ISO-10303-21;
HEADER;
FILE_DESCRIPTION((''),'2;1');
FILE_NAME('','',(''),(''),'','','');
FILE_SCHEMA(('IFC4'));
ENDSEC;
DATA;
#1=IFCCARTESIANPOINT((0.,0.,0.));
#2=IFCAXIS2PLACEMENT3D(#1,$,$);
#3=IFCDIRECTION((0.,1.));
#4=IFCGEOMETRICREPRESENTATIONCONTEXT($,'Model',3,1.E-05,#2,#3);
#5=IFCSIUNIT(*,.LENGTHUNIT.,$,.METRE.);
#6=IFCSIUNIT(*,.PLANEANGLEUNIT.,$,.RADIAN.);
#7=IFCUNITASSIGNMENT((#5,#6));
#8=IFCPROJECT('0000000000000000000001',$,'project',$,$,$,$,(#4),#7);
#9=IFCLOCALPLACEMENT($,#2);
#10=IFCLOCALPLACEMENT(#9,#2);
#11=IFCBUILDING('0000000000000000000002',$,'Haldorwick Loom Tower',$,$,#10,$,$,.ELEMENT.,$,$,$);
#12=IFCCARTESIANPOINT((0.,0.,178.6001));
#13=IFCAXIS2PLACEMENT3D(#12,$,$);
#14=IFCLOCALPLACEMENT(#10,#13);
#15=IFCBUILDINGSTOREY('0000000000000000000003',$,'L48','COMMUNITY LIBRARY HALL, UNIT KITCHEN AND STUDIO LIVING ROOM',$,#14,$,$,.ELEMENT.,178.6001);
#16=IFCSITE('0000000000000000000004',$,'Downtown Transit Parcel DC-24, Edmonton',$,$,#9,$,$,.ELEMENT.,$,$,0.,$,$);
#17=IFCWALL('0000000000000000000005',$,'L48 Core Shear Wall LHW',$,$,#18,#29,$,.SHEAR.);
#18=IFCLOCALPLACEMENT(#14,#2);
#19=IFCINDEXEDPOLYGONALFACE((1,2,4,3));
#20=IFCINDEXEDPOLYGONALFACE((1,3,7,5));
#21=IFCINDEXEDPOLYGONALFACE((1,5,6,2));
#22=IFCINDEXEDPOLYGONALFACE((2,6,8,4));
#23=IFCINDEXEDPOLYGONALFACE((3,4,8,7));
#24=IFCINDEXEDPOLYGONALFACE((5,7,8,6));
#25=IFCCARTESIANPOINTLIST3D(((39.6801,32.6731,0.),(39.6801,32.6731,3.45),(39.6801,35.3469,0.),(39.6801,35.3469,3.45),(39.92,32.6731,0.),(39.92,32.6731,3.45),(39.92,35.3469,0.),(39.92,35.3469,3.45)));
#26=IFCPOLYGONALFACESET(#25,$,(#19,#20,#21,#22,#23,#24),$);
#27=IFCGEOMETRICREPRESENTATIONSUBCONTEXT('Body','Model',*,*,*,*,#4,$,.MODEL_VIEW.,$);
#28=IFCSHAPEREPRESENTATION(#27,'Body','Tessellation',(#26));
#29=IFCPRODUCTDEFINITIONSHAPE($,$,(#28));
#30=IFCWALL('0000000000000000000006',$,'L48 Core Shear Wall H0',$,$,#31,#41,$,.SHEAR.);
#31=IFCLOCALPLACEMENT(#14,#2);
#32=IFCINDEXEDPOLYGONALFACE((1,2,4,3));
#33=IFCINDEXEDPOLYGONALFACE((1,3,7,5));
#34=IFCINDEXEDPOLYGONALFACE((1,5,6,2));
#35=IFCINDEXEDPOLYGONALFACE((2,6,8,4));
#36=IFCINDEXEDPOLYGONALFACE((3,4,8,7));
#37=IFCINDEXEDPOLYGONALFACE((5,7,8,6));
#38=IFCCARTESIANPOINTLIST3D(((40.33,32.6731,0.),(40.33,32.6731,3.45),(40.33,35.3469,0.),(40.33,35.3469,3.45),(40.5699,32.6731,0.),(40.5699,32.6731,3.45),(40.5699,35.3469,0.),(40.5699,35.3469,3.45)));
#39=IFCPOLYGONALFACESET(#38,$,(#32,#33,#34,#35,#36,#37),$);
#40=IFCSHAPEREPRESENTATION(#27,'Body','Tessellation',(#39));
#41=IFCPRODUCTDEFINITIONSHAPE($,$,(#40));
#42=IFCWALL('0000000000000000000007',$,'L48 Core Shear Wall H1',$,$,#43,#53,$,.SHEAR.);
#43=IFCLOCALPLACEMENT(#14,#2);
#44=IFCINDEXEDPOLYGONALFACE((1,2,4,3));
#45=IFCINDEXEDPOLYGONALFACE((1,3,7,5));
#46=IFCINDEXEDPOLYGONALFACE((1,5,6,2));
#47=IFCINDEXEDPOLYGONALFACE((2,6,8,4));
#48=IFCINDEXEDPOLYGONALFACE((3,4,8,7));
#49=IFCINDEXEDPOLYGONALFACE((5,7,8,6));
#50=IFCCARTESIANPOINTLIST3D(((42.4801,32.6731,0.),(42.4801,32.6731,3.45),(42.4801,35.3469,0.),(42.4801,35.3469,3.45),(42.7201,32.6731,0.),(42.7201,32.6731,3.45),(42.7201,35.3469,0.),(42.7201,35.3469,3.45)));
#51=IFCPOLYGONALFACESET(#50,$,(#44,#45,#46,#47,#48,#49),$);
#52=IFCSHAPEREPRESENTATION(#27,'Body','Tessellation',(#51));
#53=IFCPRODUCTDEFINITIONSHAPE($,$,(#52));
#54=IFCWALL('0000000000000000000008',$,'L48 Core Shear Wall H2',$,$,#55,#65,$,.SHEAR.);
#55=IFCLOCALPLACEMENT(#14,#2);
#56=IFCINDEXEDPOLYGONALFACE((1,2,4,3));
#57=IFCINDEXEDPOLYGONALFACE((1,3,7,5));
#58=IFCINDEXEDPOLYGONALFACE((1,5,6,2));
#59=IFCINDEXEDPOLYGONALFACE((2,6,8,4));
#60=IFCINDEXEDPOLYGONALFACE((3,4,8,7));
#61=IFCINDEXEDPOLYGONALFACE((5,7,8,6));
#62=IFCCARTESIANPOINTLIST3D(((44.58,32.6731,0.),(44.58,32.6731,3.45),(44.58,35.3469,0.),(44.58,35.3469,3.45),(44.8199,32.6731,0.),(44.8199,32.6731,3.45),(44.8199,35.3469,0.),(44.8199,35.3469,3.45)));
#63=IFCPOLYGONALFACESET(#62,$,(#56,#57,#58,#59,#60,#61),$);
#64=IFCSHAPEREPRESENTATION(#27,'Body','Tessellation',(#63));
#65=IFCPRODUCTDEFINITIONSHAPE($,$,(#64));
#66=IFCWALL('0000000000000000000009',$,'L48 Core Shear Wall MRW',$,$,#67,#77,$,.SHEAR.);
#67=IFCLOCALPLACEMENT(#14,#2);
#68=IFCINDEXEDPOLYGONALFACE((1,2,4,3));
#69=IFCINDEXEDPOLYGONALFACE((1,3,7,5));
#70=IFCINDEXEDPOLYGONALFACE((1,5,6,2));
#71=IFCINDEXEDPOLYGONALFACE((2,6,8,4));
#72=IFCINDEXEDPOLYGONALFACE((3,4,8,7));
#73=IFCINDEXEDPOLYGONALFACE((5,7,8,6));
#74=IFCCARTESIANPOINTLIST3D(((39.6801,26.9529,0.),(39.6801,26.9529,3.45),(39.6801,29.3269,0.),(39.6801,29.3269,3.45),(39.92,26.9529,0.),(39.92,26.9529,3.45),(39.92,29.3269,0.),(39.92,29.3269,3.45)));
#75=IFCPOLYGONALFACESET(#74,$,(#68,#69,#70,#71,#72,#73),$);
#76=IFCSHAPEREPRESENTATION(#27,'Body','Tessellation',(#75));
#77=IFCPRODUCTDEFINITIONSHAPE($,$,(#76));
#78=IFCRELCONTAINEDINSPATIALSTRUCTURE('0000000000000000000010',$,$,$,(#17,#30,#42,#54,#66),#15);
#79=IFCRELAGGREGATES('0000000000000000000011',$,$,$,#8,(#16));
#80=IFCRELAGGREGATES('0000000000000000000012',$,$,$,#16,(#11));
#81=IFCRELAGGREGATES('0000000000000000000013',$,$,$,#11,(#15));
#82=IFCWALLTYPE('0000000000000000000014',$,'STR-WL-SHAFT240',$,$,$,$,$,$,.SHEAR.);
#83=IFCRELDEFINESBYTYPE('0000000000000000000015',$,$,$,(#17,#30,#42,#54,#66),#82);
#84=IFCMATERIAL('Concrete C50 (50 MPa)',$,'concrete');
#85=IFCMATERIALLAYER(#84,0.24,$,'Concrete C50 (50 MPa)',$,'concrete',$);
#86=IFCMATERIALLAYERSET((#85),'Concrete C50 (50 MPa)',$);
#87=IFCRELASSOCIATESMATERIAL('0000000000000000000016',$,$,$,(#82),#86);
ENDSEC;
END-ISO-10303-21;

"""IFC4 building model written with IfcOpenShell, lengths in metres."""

from ifc_helpers import new_model, si_unit, direction, frame, frame_2d, origin, place, context, subcontext, project, spatial, rectangle, extrude, material, layer, layer_set, type_object, element, save


model = new_model("IFC4")

# Units and contexts
model_context = context("Model", 3, precision=1e-05, world=origin(), true_north=direction((0.0, 1.0)))
body_context = subcontext(model_context, "Body", "Model", "MODEL_VIEW")
ifc_project = project(units=[si_unit("LENGTHUNIT", "METRE"), si_unit("PLANEANGLEUNIT", "RADIAN")], contexts=[model_context])

# Site, building, storey
site_placement = place(None, origin())
site = spatial("IfcSite", under=ifc_project, at=site_placement, Name="Downtown Transit Parcel DC-24, Edmonton", CompositionType="ELEMENT", RefElevation=0.0)
building_placement = place(site_placement, origin())
building = spatial("IfcBuilding", under=site, at=building_placement, Name="Haldorwick Loom Tower", CompositionType="ELEMENT")
storey_placement = place(building_placement, frame((0.0, 0.0, 178.6001)))
storey = spatial("IfcBuildingStorey", under=building, at=storey_placement, Name="L48", Description="COMMUNITY LIBRARY HALL, UNIT KITCHEN AND STUDIO LIVING ROOM", CompositionType="ELEMENT", Elevation=178.6001)

# Shared definitions
ifc_material_1 = material(Name="Concrete C50 (50 MPa)", Category="concrete")
ifc_layer_1 = layer(ifc_material_1, 0.24, Name="Concrete C50 (50 MPa)", Category="concrete")
ifc_layer_set_1 = layer_set([ifc_layer_1], Name="Concrete C50 (50 MPa)")
wall_type_1 = type_object("IfcWallType", Name="STR-WL-SHAFT240", PredefinedType="SHEAR", material=ifc_layer_set_1)

# Walls
for number, where, z_axis, x_axis, name in (
    (1, (39.8, 32.6731, 0.0), (0.0, 0.0, 1.0), (0.0, 1.0, 0.0), "L48 Core Shear Wall LHW"),
    (2, (40.45, 32.6731, 0.0), (0.0, 0.0, 1.0), (0.0, 1.0, 0.0), "L48 Core Shear Wall H0"),
    (3, (42.6001, 32.6731, 0.0), (0.0, 0.0, 1.0), (0.0, 1.0, 0.0), "L48 Core Shear Wall H1"),
    (4, (44.7, 32.6731, 0.0), (0.0, 0.0, 1.0), (0.0, 1.0, 0.0), "L48 Core Shear Wall H2"),
):
    element("IfcWall", number, at=place(storey_placement, frame(where, z_axis=z_axis, x_axis=x_axis)), inside=storey, type_object=wall_type_1, Name=name, PredefinedType="SHEAR", context=body_context, shape_type="SweptSolid", body=[
        extrude(rectangle(XDim=2.6738, YDim=0.24, at=frame_2d((1.3369, 0.0))), origin(), (0.0, 0.0, 1.0), 3.45),
    ])
wall_1_placement = place(storey_placement, frame((39.8, 26.9529, 0.0), z_axis=(0.0, 0.0, 1.0), x_axis=(0.0, 1.0, 0.0)))
element("IfcWall", 5, at=wall_1_placement, inside=storey, type_object=wall_type_1, Name="L48 Core Shear Wall MRW", PredefinedType="SHEAR", context=body_context, shape_type="SweptSolid", body=[
    extrude(rectangle(XDim=2.374, YDim=0.24, at=frame_2d((1.187, 0.0))), origin(), (0.0, 0.0, 1.0), 3.45),
])

save(model, "model.ifc")
